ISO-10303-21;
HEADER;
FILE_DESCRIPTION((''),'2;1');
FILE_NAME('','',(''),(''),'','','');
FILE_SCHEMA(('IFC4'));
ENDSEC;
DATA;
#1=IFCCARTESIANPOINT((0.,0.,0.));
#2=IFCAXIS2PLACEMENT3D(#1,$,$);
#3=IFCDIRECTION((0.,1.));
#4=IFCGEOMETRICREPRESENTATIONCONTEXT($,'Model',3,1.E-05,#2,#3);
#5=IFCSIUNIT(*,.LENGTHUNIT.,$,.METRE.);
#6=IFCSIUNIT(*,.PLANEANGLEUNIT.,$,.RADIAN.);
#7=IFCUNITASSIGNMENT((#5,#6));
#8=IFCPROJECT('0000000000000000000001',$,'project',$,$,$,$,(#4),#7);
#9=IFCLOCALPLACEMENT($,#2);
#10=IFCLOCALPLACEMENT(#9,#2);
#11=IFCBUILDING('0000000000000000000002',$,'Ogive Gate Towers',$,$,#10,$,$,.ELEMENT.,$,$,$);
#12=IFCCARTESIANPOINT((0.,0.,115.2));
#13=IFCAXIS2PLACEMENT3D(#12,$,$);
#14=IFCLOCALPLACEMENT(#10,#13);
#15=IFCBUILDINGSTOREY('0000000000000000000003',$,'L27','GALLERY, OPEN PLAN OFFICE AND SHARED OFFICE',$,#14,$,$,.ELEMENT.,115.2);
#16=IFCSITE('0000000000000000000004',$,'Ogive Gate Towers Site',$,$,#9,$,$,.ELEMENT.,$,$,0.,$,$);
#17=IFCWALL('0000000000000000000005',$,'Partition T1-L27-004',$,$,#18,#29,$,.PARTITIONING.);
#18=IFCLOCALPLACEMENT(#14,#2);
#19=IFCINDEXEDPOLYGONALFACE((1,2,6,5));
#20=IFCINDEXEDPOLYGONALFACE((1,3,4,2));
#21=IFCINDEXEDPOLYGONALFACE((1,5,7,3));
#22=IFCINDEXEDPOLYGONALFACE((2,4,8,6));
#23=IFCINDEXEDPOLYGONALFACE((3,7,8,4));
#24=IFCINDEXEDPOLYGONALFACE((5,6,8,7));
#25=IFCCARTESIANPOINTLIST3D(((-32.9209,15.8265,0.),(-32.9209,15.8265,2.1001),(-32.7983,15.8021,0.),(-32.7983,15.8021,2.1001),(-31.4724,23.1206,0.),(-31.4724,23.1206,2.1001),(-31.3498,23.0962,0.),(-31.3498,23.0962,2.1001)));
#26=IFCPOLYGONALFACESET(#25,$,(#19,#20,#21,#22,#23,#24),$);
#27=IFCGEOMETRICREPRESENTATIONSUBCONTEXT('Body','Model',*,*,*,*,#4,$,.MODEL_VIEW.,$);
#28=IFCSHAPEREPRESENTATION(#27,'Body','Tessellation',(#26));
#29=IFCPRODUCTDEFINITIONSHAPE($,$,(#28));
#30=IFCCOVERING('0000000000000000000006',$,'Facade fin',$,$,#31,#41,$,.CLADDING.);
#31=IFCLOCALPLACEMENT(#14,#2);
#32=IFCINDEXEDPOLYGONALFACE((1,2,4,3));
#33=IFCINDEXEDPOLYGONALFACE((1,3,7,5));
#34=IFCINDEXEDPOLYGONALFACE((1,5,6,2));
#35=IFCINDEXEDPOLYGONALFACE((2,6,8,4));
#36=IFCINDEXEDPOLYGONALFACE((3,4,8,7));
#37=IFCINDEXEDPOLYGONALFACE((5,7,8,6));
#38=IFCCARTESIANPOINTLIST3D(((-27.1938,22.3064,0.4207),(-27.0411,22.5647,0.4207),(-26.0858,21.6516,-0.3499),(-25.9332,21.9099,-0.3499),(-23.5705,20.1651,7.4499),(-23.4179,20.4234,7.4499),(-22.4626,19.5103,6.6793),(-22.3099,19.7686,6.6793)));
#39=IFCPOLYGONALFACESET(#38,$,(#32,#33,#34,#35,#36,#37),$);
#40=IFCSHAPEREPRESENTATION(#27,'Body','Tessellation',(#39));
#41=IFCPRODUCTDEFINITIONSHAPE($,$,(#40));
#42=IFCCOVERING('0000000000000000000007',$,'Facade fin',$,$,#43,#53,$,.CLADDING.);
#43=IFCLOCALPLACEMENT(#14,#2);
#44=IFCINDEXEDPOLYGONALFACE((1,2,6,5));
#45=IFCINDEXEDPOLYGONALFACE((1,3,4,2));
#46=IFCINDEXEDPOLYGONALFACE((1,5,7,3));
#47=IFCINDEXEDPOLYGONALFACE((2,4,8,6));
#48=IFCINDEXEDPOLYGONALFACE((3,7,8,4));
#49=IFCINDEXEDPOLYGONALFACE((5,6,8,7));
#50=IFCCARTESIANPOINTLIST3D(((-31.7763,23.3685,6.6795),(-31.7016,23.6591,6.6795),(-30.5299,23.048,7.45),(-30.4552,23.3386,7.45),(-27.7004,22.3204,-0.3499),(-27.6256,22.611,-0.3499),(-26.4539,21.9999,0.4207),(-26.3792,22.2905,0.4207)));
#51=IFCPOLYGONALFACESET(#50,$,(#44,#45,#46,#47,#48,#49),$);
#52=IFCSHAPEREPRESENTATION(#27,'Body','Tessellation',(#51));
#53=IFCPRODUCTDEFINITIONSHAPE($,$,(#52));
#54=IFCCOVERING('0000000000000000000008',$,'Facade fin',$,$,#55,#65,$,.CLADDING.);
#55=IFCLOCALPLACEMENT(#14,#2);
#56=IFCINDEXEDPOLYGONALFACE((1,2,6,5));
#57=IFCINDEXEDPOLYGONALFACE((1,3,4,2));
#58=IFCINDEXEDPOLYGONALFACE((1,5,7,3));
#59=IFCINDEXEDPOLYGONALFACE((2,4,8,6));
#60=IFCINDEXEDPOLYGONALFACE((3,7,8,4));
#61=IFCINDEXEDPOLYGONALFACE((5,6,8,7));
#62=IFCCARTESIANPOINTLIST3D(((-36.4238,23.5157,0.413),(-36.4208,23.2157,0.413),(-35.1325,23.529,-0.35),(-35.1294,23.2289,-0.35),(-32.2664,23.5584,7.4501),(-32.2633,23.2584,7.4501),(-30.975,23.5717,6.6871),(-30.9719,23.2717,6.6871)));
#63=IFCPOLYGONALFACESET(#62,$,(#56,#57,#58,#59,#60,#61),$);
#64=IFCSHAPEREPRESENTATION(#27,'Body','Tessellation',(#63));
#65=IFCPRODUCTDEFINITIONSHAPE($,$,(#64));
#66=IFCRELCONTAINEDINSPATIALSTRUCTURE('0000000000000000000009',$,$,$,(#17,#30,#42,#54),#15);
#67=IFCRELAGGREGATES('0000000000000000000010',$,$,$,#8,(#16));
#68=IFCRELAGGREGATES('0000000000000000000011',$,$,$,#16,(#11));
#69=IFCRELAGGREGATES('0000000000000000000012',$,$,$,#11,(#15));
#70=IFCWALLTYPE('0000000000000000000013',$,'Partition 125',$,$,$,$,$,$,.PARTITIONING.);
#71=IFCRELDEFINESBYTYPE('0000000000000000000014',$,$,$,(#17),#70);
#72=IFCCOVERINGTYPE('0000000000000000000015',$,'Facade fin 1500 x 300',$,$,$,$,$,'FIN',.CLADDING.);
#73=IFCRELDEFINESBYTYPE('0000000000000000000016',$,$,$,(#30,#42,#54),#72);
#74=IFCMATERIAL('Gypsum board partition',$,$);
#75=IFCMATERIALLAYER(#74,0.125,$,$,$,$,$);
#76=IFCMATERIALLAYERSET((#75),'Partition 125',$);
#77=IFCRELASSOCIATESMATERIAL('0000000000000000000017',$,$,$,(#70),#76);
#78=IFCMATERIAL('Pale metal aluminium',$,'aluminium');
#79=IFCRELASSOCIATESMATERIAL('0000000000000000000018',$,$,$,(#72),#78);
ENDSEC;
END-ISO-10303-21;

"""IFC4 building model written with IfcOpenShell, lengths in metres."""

from ifc_helpers import new_model, si_unit, direction, frame, frame_2d, origin, origin_2d, place, context, subcontext, project, spatial, rectangle, extrude, material, layer, layer_set, material_profile, profile_set, type_object, element, save


model = new_model("IFC4")

# Units and contexts
model_context = context("Model", 3, precision=1e-05, world=origin(), true_north=direction((0.0, 1.0)))
body_context = subcontext(model_context, "Body", "Model", "MODEL_VIEW")
ifc_project = project(units=[si_unit("LENGTHUNIT", "METRE"), si_unit("PLANEANGLEUNIT", "RADIAN")], contexts=[model_context])

# Site, building, storey
site_placement = place(None, origin())
site = spatial("IfcSite", under=ifc_project, at=site_placement, Name="Ogive Gate Towers Site", CompositionType="ELEMENT", RefElevation=0.0)
building_placement = place(site_placement, origin())
building = spatial("IfcBuilding", under=site, at=building_placement, Name="Ogive Gate Towers", CompositionType="ELEMENT")
storey_placement = place(building_placement, frame((0.0, 0.0, 115.2)))
storey = spatial("IfcBuildingStorey", under=building, at=storey_placement, Name="L27", Description="GALLERY, OPEN PLAN OFFICE AND SHARED OFFICE", CompositionType="ELEMENT", Elevation=115.2)

# Shared definitions
ifc_material_1 = material(Name="Pale metal aluminium", Category="aluminium")

# Wall
ifc_material_2 = material(Name="Gypsum board partition")
ifc_layer_1 = layer(ifc_material_2, 0.125)
ifc_layer_set_1 = layer_set([ifc_layer_1], Name="Partition 125")
wall_type = type_object("IfcWallType", Name="Partition 125", PredefinedType="PARTITIONING", material=ifc_layer_set_1)
wall_1_placement = place(storey_placement, frame((-31.4111, 23.1084, 0.0), z_axis=(0.0, 0.0, 1.0), x_axis=(-0.194778, -0.980847, 0.0)))
element("IfcWall", 1, at=wall_1_placement, inside=storey, type_object=wall_type, Name="Partition T1-L27-004", PredefinedType="PARTITIONING", context=body_context, shape_type="SweptSolid", body=[
    extrude(rectangle(XDim=7.4365, YDim=0.125, at=frame_2d((3.7183, 0.0))), origin(), (0.0, 0.0, 1.0), 2.1001),
])

# Coverings
ifc_material_profile_1 = material_profile(ifc_material_1, rectangle(XDim=0.3, YDim=1.5, at=origin_2d()), Name="1500 x 300 pale metal aluminium")
ifc_profile_set_1 = profile_set([ifc_material_profile_1], Name="Pale metal aluminium")
covering_type = type_object("IfcCoveringType", Name="Facade fin 1500 x 300", ElementType="FIN", PredefinedType="CLADDING", material=ifc_profile_set_1)
for number, where, z_axis, x_axis, name in (
    (2, (-26.5635, 22.1082, 0.0354), (0.442244, -0.261365, 0.857967), (0.508786, 0.860893, 0.0), "Facade fin"),
    (3, (-27.0398, 22.3054, 0.0354), (-0.497498, 0.127928, 0.85798), (-0.249041, -0.968493, 0.0), "Facade fin"),
):
    element("IfcCovering", number, at=place(storey_placement, frame(where, z_axis=z_axis, x_axis=x_axis)), inside=storey, type_object=covering_type, Name=name, PredefinedType="CLADDING", context=body_context, shape_type="SweptSolid", body=[
        extrude(rectangle(XDim=0.3, YDim=1.5, at=origin_2d()), origin(), (0.0, 0.0, 1.0), 8.1929),
    ])
covering_placement = place(storey_placement, frame((-35.7766, 23.3723, 0.0315), z_axis=(0.508648, 0.005227, 0.860959), x_axis=(-0.010276, 0.999947, 0.0)))
element("IfcCovering", 4, at=covering_placement, inside=storey, type_object=covering_type, Name="Facade fin", PredefinedType="CLADDING", context=body_context, shape_type="SweptSolid", body=[
    extrude(rectangle(XDim=0.3, YDim=1.5, at=origin_2d()), origin(), (0.0, 0.0, 1.0), 8.1736),
])

save(model, "model.ifc")
